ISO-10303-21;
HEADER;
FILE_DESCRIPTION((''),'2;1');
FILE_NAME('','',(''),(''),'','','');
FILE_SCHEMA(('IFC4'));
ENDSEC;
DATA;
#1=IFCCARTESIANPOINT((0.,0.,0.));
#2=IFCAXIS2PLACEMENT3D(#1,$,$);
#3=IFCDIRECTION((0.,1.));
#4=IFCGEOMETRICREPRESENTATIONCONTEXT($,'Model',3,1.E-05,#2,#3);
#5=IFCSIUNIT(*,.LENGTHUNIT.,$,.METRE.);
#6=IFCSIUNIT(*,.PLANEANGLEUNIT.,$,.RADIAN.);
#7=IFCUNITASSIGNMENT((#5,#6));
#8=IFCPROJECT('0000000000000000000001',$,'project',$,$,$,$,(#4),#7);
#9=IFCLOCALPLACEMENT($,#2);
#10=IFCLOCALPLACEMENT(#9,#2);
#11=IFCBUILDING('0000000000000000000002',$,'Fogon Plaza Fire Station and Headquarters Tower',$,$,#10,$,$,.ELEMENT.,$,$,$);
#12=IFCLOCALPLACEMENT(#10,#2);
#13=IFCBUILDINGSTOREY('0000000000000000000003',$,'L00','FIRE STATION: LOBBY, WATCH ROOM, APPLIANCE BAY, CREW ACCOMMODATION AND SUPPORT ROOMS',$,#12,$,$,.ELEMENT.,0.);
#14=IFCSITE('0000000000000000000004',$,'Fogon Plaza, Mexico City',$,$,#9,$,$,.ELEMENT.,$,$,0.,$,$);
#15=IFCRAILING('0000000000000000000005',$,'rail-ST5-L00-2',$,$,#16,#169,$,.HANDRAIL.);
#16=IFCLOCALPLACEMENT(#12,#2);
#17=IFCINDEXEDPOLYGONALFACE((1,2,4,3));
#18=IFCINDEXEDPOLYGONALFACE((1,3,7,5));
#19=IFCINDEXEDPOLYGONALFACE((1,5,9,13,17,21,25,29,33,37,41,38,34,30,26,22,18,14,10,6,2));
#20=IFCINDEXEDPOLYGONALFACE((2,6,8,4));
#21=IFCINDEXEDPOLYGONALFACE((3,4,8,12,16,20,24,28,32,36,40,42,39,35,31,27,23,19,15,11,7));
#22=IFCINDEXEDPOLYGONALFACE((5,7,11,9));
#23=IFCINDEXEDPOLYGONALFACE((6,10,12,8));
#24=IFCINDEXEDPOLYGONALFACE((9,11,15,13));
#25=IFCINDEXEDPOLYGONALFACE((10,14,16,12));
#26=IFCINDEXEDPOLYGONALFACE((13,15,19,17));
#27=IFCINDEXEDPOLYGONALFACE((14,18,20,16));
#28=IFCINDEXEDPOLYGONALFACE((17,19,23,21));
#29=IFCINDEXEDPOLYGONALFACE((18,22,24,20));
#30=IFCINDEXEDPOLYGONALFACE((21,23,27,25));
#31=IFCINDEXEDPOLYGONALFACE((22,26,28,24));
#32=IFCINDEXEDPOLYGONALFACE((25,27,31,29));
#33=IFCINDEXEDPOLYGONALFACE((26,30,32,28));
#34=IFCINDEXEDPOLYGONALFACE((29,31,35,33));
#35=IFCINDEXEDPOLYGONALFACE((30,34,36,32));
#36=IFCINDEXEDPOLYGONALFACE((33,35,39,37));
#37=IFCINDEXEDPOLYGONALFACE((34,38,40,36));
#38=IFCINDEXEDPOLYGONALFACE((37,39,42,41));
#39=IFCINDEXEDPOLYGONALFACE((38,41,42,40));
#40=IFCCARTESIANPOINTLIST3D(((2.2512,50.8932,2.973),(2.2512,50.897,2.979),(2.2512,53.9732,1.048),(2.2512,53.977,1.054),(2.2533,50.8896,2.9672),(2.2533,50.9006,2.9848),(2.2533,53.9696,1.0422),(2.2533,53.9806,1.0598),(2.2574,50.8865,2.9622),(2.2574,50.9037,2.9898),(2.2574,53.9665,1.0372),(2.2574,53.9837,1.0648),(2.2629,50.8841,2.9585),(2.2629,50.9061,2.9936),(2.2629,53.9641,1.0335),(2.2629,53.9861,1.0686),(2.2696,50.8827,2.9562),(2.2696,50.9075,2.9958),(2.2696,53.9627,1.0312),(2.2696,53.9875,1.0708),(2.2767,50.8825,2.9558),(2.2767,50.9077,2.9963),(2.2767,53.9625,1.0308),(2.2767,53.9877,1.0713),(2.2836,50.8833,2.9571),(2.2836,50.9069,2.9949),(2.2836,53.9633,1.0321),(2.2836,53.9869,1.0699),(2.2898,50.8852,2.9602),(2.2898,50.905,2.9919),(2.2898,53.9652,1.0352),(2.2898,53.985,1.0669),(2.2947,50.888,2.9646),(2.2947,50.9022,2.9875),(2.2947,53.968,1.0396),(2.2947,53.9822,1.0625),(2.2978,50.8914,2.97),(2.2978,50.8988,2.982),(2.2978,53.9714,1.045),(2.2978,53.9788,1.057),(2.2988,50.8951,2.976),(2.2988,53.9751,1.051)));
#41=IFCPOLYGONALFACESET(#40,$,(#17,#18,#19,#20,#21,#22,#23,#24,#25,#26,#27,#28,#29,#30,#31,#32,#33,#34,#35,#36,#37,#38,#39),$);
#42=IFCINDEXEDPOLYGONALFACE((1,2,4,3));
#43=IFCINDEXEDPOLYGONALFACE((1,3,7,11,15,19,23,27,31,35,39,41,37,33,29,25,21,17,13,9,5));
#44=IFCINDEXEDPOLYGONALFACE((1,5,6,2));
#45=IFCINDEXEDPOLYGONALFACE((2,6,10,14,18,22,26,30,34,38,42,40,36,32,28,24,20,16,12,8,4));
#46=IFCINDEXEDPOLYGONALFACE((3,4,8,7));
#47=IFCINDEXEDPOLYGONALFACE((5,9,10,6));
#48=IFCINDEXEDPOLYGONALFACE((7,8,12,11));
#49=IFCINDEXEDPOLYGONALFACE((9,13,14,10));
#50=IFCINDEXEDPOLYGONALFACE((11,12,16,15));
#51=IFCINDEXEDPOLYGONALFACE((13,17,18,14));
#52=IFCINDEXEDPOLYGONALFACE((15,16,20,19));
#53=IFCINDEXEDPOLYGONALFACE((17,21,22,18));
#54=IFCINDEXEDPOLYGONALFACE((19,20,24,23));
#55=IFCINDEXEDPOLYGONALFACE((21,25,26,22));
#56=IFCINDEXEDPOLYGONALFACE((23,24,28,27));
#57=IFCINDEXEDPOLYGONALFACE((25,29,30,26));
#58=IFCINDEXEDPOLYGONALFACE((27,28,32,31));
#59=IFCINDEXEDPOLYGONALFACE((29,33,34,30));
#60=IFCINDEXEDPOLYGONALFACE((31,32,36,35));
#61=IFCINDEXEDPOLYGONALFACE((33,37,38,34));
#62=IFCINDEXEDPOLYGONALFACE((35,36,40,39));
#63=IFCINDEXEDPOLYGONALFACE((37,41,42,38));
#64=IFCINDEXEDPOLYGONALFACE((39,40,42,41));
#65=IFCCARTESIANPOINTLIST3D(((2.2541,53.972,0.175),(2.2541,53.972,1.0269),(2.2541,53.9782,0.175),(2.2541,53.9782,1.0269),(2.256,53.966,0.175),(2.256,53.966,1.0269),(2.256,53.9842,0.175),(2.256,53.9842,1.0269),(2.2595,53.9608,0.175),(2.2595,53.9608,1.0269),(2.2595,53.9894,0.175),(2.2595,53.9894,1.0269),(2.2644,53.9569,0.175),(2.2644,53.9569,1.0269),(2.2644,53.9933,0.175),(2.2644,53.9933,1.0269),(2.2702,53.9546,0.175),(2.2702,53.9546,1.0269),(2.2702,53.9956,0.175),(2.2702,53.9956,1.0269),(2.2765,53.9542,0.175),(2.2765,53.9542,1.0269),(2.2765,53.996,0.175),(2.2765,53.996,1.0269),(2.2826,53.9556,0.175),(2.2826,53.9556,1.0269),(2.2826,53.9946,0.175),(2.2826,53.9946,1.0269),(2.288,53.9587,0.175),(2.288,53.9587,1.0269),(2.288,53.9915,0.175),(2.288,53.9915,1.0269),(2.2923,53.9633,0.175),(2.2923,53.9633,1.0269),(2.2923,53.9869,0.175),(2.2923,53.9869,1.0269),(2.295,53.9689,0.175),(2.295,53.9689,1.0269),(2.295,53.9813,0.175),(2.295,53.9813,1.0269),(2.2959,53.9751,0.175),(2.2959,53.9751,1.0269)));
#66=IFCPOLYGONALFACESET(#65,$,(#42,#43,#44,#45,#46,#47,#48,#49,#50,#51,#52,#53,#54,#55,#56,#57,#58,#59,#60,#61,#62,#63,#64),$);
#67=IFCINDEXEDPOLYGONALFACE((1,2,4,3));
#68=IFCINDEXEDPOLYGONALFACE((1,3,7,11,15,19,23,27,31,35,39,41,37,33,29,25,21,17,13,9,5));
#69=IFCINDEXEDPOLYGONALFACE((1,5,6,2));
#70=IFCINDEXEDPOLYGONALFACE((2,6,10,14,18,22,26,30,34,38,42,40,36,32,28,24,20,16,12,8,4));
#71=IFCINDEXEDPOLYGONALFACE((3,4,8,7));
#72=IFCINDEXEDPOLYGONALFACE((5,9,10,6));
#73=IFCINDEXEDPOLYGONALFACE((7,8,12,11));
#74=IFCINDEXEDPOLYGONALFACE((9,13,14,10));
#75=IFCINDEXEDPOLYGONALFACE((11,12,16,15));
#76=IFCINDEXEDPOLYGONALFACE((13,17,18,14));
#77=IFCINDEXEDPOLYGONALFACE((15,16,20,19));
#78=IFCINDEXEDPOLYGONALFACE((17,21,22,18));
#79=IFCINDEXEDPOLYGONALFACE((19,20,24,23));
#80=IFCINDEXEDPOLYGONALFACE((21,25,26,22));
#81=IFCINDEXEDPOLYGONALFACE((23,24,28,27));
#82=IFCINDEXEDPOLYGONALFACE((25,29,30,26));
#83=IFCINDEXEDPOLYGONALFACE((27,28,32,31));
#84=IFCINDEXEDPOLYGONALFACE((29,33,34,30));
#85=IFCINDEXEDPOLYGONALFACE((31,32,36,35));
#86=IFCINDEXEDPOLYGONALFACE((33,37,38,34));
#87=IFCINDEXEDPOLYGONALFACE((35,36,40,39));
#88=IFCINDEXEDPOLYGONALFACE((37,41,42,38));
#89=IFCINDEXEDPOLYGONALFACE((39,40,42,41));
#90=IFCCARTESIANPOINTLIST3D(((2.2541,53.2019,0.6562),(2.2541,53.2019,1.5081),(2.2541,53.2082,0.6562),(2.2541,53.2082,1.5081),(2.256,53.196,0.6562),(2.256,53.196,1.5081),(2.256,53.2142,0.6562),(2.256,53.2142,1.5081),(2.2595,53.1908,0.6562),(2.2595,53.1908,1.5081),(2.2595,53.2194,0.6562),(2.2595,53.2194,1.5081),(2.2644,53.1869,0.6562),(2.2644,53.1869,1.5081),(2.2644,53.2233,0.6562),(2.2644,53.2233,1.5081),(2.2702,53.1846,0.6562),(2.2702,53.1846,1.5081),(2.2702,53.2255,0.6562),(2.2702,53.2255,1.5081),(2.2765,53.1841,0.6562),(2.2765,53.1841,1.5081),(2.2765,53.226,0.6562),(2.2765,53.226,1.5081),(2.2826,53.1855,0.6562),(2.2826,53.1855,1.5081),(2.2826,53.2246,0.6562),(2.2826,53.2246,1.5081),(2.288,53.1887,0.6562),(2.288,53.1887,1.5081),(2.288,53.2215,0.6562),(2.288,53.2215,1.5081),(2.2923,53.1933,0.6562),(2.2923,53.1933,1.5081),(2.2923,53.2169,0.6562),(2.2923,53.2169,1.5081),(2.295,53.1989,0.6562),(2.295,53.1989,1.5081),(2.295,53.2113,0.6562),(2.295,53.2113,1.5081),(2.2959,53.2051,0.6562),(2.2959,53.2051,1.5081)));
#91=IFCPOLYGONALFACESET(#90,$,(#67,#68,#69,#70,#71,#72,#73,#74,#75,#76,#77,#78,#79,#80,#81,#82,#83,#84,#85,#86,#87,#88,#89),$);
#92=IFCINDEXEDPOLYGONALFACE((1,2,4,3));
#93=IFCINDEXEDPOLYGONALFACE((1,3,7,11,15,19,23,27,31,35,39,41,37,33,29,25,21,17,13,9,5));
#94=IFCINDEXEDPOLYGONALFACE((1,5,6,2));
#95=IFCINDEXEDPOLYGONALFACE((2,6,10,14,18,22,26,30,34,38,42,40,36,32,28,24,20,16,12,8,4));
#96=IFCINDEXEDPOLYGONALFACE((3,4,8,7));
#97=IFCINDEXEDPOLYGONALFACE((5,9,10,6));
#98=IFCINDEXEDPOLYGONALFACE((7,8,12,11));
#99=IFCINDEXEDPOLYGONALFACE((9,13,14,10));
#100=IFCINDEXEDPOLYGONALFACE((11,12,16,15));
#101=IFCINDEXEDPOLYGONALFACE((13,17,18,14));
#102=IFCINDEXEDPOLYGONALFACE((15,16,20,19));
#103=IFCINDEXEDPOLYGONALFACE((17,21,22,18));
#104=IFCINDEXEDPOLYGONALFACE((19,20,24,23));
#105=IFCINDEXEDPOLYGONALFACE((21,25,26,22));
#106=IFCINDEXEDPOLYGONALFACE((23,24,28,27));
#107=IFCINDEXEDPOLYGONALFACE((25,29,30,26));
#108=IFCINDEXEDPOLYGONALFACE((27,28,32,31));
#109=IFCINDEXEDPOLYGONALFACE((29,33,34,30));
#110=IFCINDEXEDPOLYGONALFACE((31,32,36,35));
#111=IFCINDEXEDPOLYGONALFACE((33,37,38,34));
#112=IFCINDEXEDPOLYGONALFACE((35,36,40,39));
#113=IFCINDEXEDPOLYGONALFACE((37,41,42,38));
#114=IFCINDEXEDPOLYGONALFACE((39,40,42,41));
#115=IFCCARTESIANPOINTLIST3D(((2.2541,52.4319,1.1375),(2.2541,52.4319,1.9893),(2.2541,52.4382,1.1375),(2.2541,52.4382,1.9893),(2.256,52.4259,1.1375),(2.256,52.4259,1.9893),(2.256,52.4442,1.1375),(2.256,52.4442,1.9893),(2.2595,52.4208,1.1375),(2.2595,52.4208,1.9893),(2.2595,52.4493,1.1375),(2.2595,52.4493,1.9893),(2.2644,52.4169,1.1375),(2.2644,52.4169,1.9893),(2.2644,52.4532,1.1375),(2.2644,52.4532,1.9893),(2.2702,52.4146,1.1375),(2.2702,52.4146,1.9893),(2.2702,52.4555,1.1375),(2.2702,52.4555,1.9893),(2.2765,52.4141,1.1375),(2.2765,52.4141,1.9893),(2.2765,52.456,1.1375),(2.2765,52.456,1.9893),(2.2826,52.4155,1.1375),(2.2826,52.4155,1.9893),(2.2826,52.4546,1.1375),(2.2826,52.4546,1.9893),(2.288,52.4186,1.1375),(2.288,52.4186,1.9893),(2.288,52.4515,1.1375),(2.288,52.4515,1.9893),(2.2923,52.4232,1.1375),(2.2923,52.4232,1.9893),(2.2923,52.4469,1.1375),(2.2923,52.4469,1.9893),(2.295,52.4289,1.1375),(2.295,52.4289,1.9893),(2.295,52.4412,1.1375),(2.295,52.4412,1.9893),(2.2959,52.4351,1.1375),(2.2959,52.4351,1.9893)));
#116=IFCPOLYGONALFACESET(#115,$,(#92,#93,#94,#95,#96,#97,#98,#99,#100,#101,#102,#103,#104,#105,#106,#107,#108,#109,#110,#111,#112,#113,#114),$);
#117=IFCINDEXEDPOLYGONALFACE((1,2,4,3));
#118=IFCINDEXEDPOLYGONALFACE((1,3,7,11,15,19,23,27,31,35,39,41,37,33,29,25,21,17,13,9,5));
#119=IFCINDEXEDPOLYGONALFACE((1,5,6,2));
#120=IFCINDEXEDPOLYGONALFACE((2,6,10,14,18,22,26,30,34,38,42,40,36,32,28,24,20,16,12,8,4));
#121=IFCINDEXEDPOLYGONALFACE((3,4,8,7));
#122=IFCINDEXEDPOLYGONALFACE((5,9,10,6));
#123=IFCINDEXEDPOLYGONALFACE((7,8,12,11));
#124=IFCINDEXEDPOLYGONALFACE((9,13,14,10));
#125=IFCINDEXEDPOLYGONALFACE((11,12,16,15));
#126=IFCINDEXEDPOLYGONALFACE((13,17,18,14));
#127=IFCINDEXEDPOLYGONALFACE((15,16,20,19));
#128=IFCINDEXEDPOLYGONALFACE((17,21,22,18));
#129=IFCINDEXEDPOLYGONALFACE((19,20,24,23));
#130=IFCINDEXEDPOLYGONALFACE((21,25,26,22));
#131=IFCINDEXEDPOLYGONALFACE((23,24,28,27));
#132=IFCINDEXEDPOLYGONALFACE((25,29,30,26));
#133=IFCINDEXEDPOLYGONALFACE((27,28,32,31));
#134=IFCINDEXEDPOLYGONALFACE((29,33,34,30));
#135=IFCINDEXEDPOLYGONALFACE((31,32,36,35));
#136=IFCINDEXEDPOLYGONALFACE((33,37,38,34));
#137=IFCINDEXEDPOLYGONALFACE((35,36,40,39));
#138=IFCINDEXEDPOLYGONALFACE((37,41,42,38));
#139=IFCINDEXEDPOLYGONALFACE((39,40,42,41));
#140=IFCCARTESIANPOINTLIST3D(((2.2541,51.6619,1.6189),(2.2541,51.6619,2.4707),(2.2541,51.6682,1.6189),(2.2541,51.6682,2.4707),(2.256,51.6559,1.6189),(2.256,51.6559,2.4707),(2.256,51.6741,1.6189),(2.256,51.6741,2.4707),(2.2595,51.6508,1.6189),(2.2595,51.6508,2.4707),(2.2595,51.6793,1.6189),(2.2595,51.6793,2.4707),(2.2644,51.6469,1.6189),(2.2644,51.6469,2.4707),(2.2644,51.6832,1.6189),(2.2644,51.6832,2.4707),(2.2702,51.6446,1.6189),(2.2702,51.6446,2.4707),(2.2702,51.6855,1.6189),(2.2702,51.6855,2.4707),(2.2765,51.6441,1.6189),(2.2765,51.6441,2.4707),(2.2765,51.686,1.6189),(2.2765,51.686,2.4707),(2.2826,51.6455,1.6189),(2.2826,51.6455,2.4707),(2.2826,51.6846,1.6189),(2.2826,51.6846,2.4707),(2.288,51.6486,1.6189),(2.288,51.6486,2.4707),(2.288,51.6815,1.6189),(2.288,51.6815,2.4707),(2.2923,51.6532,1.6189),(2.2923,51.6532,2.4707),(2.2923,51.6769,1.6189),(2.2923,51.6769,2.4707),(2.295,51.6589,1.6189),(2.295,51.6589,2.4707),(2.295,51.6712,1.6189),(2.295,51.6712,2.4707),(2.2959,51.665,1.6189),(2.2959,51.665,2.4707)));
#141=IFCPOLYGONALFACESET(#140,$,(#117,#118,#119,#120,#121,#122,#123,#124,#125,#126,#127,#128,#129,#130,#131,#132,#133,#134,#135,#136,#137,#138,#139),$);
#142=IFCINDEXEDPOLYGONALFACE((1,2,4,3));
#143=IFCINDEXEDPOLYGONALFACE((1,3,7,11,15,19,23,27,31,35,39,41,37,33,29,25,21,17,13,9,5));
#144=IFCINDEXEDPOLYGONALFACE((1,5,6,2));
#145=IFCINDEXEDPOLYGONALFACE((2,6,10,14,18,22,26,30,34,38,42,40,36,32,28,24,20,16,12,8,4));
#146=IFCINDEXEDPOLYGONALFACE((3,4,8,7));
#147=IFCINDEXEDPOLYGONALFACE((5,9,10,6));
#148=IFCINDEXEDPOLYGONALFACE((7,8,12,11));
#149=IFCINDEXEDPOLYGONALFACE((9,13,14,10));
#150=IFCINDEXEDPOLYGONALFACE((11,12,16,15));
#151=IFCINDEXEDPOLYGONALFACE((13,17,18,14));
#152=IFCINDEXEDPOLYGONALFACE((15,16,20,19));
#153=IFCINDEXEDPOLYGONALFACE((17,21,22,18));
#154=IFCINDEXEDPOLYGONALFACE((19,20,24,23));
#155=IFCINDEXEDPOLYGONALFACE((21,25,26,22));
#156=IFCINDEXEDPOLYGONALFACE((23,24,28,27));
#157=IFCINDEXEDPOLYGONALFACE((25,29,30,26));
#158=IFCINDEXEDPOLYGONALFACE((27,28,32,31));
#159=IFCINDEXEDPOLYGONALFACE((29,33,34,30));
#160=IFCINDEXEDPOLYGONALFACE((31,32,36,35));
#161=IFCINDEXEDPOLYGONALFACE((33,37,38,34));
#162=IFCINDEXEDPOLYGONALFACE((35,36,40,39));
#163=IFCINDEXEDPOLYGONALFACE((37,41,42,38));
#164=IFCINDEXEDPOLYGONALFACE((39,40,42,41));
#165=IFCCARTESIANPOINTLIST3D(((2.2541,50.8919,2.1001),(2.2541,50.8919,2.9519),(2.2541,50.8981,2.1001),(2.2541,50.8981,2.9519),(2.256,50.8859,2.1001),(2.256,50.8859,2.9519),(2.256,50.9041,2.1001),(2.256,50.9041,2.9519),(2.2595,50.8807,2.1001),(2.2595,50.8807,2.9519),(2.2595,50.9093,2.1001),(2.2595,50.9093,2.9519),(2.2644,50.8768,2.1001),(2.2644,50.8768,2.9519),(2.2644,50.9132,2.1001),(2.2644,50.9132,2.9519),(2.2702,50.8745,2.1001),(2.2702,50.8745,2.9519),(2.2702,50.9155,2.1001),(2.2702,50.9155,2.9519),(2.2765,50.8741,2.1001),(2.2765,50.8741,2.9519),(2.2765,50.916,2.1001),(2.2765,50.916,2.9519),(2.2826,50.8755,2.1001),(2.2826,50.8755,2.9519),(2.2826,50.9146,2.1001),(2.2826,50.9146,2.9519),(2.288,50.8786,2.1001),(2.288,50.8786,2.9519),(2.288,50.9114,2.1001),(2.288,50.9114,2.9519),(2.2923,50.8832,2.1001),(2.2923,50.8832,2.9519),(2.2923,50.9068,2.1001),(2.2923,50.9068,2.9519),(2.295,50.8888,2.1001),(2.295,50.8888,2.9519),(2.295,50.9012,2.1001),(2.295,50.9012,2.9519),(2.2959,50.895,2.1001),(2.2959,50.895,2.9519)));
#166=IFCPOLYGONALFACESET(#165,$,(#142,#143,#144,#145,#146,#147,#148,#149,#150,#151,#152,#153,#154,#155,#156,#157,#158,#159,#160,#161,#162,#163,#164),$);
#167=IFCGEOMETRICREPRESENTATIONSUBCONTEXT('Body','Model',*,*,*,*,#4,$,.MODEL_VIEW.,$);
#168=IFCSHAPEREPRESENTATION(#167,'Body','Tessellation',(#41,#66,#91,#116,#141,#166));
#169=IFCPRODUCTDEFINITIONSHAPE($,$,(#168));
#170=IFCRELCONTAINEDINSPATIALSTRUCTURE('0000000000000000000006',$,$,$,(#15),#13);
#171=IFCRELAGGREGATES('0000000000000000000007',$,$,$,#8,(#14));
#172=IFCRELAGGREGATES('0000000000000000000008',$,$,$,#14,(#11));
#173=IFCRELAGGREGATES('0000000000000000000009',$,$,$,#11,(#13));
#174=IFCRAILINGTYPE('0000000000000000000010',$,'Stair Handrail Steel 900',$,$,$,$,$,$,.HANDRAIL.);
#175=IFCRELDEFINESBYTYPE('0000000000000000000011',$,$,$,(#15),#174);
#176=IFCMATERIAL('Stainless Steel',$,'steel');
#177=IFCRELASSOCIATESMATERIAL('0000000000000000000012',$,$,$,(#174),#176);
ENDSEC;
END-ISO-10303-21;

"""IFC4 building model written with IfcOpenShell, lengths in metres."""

from ifc_helpers import new_model, si_unit, direction, frame, origin, origin_2d, place, context, subcontext, project, spatial, circle, extrude, material, type_object, element, save


model = new_model("IFC4")

# Units and contexts
model_context = context("Model", 3, precision=1e-05, world=origin(), true_north=direction((0.0, 1.0)))
body_context = subcontext(model_context, "Body", "Model", "MODEL_VIEW")
ifc_project = project(units=[si_unit("LENGTHUNIT", "METRE"), si_unit("PLANEANGLEUNIT", "RADIAN")], contexts=[model_context])

# Site, building, storey
site_placement = place(None, origin())
site = spatial("IfcSite", under=ifc_project, at=site_placement, Name="Fogon Plaza, Mexico City", CompositionType="ELEMENT", RefElevation=0.0)
building_placement = place(site_placement, origin())
building = spatial("IfcBuilding", under=site, at=building_placement, Name="Fogon Plaza Fire Station and Headquarters Tower", CompositionType="ELEMENT")
storey_placement = place(building_placement, origin())
storey = spatial("IfcBuildingStorey", under=building, at=storey_placement, Name="L00", Description="FIRE STATION: LOBBY, WATCH ROOM, APPLIANCE BAY, CREW ACCOMMODATION AND SUPPORT ROOMS", CompositionType="ELEMENT", Elevation=0.0)

# Railing
ifc_material_1 = material(Name="Stainless Steel", Category="steel")
railing_type_1 = type_object("IfcRailingType", Name="Stair Handrail Steel 900", PredefinedType="HANDRAIL", material=ifc_material_1)
for number, where, name in (
    (1, (2.2749, 53.9751, 0.175), "rail-ST5-L00-2"),
):
    element("IfcRailing", number, at=place(storey_placement, frame(where)), inside=storey, type_object=railing_type_1, Name=name, PredefinedType="HANDRAIL", context=body_context, shape_type="SweptSolid", body=[
        extrude(circle(Radius=0.0239, at=origin_2d()), frame((0.0, 0.0, 0.876), z_axis=(0.0, -0.847998, 0.529999), x_axis=(1.0, 0.0, 0.0)), (0.0, 0.0, 1.0), 3.6321),
        extrude(circle(Radius=0.021, at=origin_2d()), origin(), (0.0, 0.0, 1.0), 0.8518),
        extrude(circle(Radius=0.021, at=origin_2d()), frame((0.0, -0.77, 0.4812)), (0.0, 0.0, 1.0), 0.8518),
        extrude(circle(Radius=0.021, at=origin_2d()), frame((0.0, -1.54, 0.9624)), (0.0, 0.0, 1.0), 0.8518),
        extrude(circle(Radius=0.021, at=origin_2d()), frame((0.0, -2.3101, 1.4438)), (0.0, 0.0, 1.0), 0.8518),
        extrude(circle(Radius=0.021, at=origin_2d()), frame((0.0, -3.0801, 1.925)), (0.0, 0.0, 1.0), 0.8518),
    ])

save(model, "model.ifc")
